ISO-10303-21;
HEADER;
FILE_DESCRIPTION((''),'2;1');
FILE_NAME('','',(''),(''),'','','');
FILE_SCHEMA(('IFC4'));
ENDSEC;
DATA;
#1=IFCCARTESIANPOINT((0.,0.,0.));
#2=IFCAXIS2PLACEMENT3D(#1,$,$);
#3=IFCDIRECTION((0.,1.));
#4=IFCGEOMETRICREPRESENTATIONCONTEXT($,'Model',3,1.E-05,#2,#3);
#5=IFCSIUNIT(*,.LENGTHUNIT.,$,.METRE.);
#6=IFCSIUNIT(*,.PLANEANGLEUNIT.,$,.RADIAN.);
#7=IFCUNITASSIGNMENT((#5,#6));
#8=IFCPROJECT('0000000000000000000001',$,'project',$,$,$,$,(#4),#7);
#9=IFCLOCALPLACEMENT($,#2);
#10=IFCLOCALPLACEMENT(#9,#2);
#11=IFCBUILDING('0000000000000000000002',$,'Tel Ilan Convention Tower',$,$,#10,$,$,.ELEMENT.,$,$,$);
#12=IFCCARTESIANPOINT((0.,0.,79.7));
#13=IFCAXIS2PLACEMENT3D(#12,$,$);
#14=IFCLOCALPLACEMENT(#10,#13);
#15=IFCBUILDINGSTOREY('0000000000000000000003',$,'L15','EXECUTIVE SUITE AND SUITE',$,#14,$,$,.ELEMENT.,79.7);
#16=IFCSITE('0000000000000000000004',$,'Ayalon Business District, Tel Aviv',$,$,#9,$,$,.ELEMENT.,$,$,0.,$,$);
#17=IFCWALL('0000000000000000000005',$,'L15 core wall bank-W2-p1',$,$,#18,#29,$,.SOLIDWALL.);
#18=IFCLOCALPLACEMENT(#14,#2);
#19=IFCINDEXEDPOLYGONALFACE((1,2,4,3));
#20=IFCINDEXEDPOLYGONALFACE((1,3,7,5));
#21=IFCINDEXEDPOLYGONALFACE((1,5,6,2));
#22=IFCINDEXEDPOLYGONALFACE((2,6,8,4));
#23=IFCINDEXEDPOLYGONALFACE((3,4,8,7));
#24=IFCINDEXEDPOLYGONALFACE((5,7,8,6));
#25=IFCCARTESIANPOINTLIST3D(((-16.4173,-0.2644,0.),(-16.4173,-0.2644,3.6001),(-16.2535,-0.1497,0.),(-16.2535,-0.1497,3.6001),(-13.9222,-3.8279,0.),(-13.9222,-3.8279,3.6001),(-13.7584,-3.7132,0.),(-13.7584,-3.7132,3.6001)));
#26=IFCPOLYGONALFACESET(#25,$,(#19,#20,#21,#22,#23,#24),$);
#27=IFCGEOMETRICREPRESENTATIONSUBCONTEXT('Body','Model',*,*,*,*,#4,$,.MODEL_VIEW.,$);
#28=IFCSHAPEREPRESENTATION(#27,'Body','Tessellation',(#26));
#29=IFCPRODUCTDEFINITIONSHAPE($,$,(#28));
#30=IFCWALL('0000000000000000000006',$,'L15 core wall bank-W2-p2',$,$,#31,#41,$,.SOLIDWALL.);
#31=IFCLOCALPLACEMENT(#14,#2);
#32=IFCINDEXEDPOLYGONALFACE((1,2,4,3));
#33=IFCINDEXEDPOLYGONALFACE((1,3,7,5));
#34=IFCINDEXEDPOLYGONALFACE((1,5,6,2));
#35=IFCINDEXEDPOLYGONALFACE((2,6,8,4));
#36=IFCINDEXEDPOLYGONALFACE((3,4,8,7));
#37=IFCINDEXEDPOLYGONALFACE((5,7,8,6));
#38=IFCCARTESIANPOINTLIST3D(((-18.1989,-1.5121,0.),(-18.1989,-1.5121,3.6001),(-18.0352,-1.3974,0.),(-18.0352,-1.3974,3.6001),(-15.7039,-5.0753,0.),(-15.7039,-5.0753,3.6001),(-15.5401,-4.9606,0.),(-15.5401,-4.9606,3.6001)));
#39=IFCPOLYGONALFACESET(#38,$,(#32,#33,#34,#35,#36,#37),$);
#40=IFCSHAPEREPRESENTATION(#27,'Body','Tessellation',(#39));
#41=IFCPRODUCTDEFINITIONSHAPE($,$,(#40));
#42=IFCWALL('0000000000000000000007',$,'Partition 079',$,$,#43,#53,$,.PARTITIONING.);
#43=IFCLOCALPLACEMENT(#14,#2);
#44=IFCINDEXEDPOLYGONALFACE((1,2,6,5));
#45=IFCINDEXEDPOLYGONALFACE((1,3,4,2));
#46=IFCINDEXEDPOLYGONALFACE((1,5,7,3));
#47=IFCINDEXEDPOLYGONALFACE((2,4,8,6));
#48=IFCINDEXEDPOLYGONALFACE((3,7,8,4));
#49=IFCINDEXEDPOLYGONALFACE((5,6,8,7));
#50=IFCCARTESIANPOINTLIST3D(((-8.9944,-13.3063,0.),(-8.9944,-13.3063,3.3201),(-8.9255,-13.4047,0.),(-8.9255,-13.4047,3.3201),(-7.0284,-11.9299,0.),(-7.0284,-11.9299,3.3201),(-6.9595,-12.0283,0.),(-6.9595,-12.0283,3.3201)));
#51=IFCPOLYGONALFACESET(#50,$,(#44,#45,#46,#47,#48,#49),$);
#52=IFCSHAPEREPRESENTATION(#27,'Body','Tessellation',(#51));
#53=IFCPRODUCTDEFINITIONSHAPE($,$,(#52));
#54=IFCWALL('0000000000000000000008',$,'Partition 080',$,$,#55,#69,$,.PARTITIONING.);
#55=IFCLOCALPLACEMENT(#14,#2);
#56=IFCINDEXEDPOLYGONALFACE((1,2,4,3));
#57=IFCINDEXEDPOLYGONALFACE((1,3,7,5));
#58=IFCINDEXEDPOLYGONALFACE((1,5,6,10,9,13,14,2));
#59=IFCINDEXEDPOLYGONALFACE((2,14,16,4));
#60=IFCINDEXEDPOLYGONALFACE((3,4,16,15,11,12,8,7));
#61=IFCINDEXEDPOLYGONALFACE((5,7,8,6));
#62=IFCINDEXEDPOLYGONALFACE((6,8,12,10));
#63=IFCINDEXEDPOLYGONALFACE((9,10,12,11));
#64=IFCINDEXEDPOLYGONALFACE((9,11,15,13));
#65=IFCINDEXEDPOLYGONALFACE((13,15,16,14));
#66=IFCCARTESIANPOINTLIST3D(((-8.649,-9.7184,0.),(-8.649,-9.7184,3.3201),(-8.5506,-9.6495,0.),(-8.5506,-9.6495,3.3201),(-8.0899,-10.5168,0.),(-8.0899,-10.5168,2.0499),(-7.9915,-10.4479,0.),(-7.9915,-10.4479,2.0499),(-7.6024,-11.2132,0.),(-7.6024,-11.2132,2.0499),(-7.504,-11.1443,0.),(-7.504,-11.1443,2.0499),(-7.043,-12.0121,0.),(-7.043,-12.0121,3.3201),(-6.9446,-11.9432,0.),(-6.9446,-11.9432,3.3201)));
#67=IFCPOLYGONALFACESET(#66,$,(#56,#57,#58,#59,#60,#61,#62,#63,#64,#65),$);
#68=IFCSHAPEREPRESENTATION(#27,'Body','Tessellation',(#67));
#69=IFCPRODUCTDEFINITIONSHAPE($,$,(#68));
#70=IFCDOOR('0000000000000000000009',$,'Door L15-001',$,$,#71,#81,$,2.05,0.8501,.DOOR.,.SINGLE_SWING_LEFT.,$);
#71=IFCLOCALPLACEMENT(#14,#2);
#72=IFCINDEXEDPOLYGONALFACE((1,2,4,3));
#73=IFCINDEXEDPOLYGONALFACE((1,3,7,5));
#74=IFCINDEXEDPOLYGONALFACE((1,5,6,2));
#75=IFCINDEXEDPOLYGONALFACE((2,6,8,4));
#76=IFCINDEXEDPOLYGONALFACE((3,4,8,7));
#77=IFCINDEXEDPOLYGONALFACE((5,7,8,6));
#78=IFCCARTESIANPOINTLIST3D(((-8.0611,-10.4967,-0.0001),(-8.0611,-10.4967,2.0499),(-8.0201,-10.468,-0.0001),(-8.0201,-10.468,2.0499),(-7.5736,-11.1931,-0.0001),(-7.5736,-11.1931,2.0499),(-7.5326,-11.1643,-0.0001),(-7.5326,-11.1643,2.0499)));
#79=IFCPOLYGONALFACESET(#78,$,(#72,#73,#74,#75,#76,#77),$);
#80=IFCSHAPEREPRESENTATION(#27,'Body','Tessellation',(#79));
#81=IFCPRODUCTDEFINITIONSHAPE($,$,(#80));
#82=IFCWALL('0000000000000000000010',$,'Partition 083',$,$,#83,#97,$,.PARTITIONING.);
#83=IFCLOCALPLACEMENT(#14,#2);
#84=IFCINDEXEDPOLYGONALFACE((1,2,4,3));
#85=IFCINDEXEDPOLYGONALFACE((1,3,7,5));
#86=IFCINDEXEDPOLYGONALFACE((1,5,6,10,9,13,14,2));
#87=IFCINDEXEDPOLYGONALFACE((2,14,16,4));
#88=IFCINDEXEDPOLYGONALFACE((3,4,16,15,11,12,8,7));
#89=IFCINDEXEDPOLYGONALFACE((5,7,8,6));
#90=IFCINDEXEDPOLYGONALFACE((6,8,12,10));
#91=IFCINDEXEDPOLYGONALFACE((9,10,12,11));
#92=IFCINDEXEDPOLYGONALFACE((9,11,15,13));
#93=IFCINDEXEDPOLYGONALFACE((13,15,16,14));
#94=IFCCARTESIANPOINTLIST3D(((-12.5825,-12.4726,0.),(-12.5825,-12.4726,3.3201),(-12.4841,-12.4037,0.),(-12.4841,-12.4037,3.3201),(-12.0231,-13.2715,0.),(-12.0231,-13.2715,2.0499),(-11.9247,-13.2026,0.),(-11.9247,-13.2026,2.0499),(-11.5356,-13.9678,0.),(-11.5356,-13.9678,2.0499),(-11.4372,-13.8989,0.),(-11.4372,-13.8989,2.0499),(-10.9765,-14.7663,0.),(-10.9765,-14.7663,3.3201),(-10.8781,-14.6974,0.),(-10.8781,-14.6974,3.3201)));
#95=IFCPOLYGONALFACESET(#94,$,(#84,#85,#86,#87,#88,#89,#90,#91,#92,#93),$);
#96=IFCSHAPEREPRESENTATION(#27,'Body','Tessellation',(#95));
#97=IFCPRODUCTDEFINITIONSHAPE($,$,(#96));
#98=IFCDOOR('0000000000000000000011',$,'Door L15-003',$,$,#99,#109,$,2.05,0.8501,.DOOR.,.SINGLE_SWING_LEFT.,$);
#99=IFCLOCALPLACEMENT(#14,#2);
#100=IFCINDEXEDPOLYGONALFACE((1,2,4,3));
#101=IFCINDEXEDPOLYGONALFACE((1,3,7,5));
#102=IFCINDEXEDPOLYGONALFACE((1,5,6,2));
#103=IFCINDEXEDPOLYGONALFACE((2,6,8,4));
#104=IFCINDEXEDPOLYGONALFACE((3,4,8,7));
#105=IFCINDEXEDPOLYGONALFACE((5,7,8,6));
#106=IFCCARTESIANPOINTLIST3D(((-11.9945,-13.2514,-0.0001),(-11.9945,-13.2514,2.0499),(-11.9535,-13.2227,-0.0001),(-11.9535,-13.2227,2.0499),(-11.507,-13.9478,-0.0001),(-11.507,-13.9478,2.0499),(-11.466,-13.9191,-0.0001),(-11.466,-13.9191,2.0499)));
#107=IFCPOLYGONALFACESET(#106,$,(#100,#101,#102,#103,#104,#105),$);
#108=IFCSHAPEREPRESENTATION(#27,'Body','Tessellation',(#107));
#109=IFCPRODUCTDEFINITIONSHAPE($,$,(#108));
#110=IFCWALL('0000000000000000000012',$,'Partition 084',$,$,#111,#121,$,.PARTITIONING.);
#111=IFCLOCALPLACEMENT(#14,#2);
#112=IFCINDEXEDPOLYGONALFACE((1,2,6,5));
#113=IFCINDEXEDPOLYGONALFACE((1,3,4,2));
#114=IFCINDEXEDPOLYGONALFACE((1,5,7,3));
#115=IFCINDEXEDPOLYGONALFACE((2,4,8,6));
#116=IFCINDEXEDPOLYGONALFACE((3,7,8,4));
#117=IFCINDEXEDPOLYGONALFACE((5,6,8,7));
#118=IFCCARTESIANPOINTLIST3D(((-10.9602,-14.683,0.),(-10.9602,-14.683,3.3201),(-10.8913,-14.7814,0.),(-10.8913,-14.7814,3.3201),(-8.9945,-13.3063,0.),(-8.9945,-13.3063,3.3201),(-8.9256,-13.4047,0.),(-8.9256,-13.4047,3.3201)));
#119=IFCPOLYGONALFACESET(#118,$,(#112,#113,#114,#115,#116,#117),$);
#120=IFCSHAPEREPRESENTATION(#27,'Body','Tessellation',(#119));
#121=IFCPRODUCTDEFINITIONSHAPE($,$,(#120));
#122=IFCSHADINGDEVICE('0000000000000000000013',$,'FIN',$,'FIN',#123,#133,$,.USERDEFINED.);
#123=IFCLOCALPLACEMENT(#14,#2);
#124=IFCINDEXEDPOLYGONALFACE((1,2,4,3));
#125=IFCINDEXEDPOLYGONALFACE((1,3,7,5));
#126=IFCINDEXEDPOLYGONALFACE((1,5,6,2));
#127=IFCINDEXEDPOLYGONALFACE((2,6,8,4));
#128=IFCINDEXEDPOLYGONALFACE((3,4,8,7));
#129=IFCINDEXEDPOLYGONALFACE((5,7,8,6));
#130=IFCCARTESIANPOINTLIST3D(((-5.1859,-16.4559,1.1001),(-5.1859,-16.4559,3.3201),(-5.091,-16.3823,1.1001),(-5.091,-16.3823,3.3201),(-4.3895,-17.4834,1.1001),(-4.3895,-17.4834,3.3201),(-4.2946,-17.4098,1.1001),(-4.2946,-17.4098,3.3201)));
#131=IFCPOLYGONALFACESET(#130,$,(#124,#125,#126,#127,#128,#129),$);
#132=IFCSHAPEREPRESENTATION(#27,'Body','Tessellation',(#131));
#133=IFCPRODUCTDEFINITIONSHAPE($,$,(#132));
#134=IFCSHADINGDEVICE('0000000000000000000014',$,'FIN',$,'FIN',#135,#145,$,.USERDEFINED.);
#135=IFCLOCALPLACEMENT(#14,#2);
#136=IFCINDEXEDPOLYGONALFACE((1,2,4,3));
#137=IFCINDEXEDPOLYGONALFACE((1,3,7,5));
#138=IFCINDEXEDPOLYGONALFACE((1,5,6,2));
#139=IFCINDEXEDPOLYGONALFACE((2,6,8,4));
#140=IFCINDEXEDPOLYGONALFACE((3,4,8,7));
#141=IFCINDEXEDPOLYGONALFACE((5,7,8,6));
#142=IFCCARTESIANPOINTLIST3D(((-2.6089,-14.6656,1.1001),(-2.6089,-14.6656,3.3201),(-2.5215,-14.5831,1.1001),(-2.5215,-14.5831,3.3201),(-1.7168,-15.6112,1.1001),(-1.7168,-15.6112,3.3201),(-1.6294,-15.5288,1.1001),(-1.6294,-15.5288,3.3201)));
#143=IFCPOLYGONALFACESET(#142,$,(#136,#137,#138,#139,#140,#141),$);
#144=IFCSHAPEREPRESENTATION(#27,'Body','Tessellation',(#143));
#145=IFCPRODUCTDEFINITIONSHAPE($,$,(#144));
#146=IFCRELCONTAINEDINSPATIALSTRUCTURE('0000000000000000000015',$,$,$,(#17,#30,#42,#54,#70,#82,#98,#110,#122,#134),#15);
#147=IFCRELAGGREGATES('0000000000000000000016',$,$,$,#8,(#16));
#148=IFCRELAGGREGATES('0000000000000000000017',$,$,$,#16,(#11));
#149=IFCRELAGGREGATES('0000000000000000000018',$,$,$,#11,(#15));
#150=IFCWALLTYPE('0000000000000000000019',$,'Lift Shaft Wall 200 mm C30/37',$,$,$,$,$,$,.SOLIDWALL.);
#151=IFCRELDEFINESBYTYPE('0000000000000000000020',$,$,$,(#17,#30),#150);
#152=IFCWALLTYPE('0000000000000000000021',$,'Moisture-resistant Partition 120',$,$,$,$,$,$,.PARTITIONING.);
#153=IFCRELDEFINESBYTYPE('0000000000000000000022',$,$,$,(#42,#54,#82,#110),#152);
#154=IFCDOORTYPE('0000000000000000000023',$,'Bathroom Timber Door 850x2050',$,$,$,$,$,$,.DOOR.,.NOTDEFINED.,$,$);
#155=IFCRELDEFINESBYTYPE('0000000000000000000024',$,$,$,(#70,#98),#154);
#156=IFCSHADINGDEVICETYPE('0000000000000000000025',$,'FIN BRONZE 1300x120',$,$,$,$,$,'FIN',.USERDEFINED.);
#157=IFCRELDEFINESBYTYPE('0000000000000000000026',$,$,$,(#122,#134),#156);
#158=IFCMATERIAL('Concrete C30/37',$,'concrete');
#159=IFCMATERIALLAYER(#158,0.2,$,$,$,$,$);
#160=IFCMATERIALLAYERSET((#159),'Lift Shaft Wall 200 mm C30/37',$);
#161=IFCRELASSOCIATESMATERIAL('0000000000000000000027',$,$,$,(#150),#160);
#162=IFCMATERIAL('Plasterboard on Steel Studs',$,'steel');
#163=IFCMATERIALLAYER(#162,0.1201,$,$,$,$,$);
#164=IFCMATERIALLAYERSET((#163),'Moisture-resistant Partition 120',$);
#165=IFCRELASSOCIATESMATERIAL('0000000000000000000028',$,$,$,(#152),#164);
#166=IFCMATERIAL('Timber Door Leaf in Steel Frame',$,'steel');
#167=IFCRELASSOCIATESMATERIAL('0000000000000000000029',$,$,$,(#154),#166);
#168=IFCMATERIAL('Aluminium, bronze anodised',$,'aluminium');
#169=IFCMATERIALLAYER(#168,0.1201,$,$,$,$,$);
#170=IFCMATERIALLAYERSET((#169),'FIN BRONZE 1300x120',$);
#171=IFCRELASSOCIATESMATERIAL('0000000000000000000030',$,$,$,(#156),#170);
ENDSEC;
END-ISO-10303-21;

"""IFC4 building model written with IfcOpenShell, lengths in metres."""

from ifc_helpers import new_model, si_unit, direction, frame, frame_2d, origin, origin_2d, place, context, subcontext, project, spatial, rectangle, extrude, material, layer, layer_set, type_object, element, fill, save


model = new_model("IFC4")

# Units and contexts
model_context = context("Model", 3, precision=1e-05, world=origin(), true_north=direction((0.0, 1.0)))
body_context = subcontext(model_context, "Body", "Model", "MODEL_VIEW")
ifc_project = project(units=[si_unit("LENGTHUNIT", "METRE"), si_unit("PLANEANGLEUNIT", "RADIAN")], contexts=[model_context])

# Site, building, storey
site_placement = place(None, origin())
site = spatial("IfcSite", under=ifc_project, at=site_placement, Name="Ayalon Business District, Tel Aviv", CompositionType="ELEMENT", RefElevation=0.0)
building_placement = place(site_placement, origin())
building = spatial("IfcBuilding", under=site, at=building_placement, Name="Tel Ilan Convention Tower", CompositionType="ELEMENT")
storey_placement = place(building_placement, frame((0.0, 0.0, 79.7)))
storey = spatial("IfcBuildingStorey", under=building, at=storey_placement, Name="L15", Description="EXECUTIVE SUITE AND SUITE", CompositionType="ELEMENT", Elevation=79.7)

# Walls
ifc_material_1 = material(Name="Concrete C30/37", Category="concrete")
ifc_layer_1 = layer(ifc_material_1, 0.2)
ifc_layer_set_1 = layer_set([ifc_layer_1], Name="Lift Shaft Wall 200 mm C30/37")
wall_type_1 = type_object("IfcWallType", Name="Lift Shaft Wall 200 mm C30/37", PredefinedType="SOLIDWALL", material=ifc_layer_set_1)
wall_1_placement = place(storey_placement, frame((-13.8403, -3.7705, 0.0), z_axis=(0.0, 0.0, 1.0), x_axis=(-0.573568, 0.819158, 0.0)))
element("IfcWall", 1, at=wall_1_placement, inside=storey, type_object=wall_type_1, Name="L15 core wall bank-W2-p1", PredefinedType="SOLIDWALL", context=body_context, shape_type="SweptSolid", body=[
    extrude(rectangle(XDim=4.3501, YDim=0.2, at=frame_2d((2.175, 0.0))), origin(), (0.0, 0.0, 1.0), 3.6001),
])
wall_2_placement = place(storey_placement, frame((-15.6221, -5.0178, 0.0), z_axis=(0.0, 0.0, 1.0), x_axis=(-0.573594, 0.81914, 0.0)))
element("IfcWall", 2, at=wall_2_placement, inside=storey, type_object=wall_type_1, Name="L15 core wall bank-W2-p2", PredefinedType="SOLIDWALL", context=body_context, shape_type="SweptSolid", body=[
    extrude(rectangle(XDim=4.3499, YDim=0.2, at=frame_2d((2.1748, 0.0))), origin(), (0.0, 0.0, 1.0), 3.6001),
])
ifc_material_2 = material(Name="Plasterboard on Steel Studs", Category="steel")
ifc_layer_2 = layer(ifc_material_2, 0.1201)
ifc_layer_set_2 = layer_set([ifc_layer_2], Name="Moisture-resistant Partition 120")
wall_type_2 = type_object("IfcWallType", Name="Moisture-resistant Partition 120", PredefinedType="PARTITIONING", material=ifc_layer_set_2)
wall_3_placement = place(storey_placement, frame((-8.96, -13.3555, 0.0), z_axis=(0.0, 0.0, 1.0), x_axis=(0.819189, 0.573524, 0.0)))
element("IfcWall", 3, at=wall_3_placement, inside=storey, type_object=wall_type_2, Name="Partition 079", PredefinedType="PARTITIONING", context=body_context, shape_type="SweptSolid", body=[
    extrude(rectangle(XDim=2.3999, YDim=0.1201, at=frame_2d((1.2, 0.0))), origin(), (0.0, 0.0, 1.0), 3.3201),
])

# Walls, openings, doors
wall_4_placement = place(storey_placement, frame((-6.9939, -11.9775, 0.0), z_axis=(0.0, 0.0, 1.0), x_axis=(-0.57355, 0.81917, 0.0)))
wall_4 = element("IfcWall", 4, at=wall_4_placement, inside=storey, type_object=wall_type_2, Name="Partition 080", PredefinedType="PARTITIONING", context=body_context, shape_type="SweptSolid", body=[
    extrude(rectangle(XDim=2.8, YDim=0.1201, at=frame_2d((1.3999, 0.0))), origin(), (0.0, 0.0, 1.0), 3.3201),
])
opening_1_placement = place(wall_4_placement, frame((0.9751, 0.0, 0.0)))
opening_1 = element("IfcOpeningElement", 5, at=opening_1_placement, cuts=wall_4, PredefinedType="OPENING", context=body_context, shape_type="SweptSolid", body=[
    extrude(rectangle(XDim=0.8501, YDim=2.05, at=frame_2d((0.425, 1.0249))), frame((0.0, 0.0701, 0.0), z_axis=(0.0, -1.0, 0.0), x_axis=(1.0, 0.0, 0.0)), (0.0, 0.0, 1.0), 0.1401),
])
ifc_material_3 = material(Name="Timber Door Leaf in Steel Frame", Category="steel")
door_type_1 = type_object("IfcDoorType", Name="Bathroom Timber Door 850x2050", OperationType="NOTDEFINED", PredefinedType="DOOR", material=ifc_material_3)
door_1_placement = place(opening_1_placement, origin())
door_1 = element("IfcDoor", 6, at=door_1_placement, inside=storey, type_object=door_type_1, Name="Door L15-001", OperationType="SINGLE_SWING_LEFT", OverallHeight=2.05, OverallWidth=0.8501, PredefinedType="DOOR", context=body_context, shape_type="SweptSolid", body=[
    extrude(rectangle(XDim=0.8501, YDim=2.05, at=frame_2d((0.425, 1.0249))), frame((0.0, 0.0249, 0.0), z_axis=(0.0, -1.0, 0.0), x_axis=(1.0, 0.0, 0.0)), (0.0, 0.0, 1.0), 0.05),
])
fill(opening_1, door_1)
wall_5_placement = place(storey_placement, frame((-12.5332, -12.4382, 0.0), z_axis=(0.0, 0.0, 1.0), x_axis=(0.57355, -0.81917, 0.0)))
wall_5 = element("IfcWall", 7, at=wall_5_placement, inside=storey, type_object=wall_type_2, Name="Partition 083", PredefinedType="PARTITIONING", context=body_context, shape_type="SweptSolid", body=[
    extrude(rectangle(XDim=2.8, YDim=0.1201, at=frame_2d((1.3999, 0.0))), origin(), (0.0, 0.0, 1.0), 3.3201),
])
opening_2_placement = place(wall_5_placement, frame((0.9751, 0.0, 0.0)))
opening_2 = element("IfcOpeningElement", 8, at=opening_2_placement, cuts=wall_5, PredefinedType="OPENING", context=body_context, shape_type="SweptSolid", body=[
    extrude(rectangle(XDim=0.8501, YDim=2.05, at=frame_2d((0.425, 1.0249))), frame((0.0, 0.0701, 0.0), z_axis=(0.0, -1.0, 0.0), x_axis=(1.0, 0.0, 0.0)), (0.0, 0.0, 1.0), 0.1401),
])
door_2_placement = place(opening_2_placement, origin())
door_2 = element("IfcDoor", 9, at=door_2_placement, inside=storey, type_object=door_type_1, Name="Door L15-003", OperationType="SINGLE_SWING_LEFT", OverallHeight=2.05, OverallWidth=0.8501, PredefinedType="DOOR", context=body_context, shape_type="SweptSolid", body=[
    extrude(rectangle(XDim=0.8501, YDim=2.05, at=frame_2d((0.425, 1.0249))), frame((0.0, 0.0249, 0.0), z_axis=(0.0, -1.0, 0.0), x_axis=(1.0, 0.0, 0.0)), (0.0, 0.0, 1.0), 0.05),
])
fill(opening_2, door_2)

# Wall
wall_6_placement = place(storey_placement, frame((-10.9258, -14.7322, 0.0), z_axis=(0.0, 0.0, 1.0), x_axis=(0.819108, 0.57364, 0.0)))
element("IfcWall", 10, at=wall_6_placement, inside=storey, type_object=wall_type_2, Name="Partition 084", PredefinedType="PARTITIONING", context=body_context, shape_type="SweptSolid", body=[
    extrude(rectangle(XDim=2.3999, YDim=0.1201, at=frame_2d((1.2, 0.0))), origin(), (0.0, 0.0, 1.0), 3.3201),
])

# Shading devices
ifc_material_4 = material(Name="Aluminium, bronze anodised", Category="aluminium")
ifc_layer_3 = layer(ifc_material_4, 0.1201)
ifc_layer_set_3 = layer_set([ifc_layer_3], Name="FIN BRONZE 1300x120")
shading_device_type = type_object("IfcShadingDeviceType", Name="FIN BRONZE 1300x120", ElementType="FIN", PredefinedType="USERDEFINED", material=ifc_layer_set_3)
for number, where, z_axis, x_axis, name in (
    (11, (-4.7402, -16.9329, 1.1001), (0.0, 0.0, 1.0), (0.612601, -0.790393, 0.0), "FIN"),
    (12, (-2.1191, -15.0972, 1.1001), (0.0, 0.0, 1.0), (0.686242, -0.727374, 0.0), "FIN"),
):
    element("IfcShadingDevice", number, at=place(storey_placement, frame(where, z_axis=z_axis, x_axis=x_axis)), inside=storey, type_object=shading_device_type, Name=name, ObjectType="FIN", PredefinedType="USERDEFINED", context=body_context, shape_type="SweptSolid", body=[
        extrude(rectangle(XDim=1.3, YDim=0.1201, at=origin_2d()), origin(), (0.0, 0.0, 1.0), 2.22),
    ])

save(model, "model.ifc")
